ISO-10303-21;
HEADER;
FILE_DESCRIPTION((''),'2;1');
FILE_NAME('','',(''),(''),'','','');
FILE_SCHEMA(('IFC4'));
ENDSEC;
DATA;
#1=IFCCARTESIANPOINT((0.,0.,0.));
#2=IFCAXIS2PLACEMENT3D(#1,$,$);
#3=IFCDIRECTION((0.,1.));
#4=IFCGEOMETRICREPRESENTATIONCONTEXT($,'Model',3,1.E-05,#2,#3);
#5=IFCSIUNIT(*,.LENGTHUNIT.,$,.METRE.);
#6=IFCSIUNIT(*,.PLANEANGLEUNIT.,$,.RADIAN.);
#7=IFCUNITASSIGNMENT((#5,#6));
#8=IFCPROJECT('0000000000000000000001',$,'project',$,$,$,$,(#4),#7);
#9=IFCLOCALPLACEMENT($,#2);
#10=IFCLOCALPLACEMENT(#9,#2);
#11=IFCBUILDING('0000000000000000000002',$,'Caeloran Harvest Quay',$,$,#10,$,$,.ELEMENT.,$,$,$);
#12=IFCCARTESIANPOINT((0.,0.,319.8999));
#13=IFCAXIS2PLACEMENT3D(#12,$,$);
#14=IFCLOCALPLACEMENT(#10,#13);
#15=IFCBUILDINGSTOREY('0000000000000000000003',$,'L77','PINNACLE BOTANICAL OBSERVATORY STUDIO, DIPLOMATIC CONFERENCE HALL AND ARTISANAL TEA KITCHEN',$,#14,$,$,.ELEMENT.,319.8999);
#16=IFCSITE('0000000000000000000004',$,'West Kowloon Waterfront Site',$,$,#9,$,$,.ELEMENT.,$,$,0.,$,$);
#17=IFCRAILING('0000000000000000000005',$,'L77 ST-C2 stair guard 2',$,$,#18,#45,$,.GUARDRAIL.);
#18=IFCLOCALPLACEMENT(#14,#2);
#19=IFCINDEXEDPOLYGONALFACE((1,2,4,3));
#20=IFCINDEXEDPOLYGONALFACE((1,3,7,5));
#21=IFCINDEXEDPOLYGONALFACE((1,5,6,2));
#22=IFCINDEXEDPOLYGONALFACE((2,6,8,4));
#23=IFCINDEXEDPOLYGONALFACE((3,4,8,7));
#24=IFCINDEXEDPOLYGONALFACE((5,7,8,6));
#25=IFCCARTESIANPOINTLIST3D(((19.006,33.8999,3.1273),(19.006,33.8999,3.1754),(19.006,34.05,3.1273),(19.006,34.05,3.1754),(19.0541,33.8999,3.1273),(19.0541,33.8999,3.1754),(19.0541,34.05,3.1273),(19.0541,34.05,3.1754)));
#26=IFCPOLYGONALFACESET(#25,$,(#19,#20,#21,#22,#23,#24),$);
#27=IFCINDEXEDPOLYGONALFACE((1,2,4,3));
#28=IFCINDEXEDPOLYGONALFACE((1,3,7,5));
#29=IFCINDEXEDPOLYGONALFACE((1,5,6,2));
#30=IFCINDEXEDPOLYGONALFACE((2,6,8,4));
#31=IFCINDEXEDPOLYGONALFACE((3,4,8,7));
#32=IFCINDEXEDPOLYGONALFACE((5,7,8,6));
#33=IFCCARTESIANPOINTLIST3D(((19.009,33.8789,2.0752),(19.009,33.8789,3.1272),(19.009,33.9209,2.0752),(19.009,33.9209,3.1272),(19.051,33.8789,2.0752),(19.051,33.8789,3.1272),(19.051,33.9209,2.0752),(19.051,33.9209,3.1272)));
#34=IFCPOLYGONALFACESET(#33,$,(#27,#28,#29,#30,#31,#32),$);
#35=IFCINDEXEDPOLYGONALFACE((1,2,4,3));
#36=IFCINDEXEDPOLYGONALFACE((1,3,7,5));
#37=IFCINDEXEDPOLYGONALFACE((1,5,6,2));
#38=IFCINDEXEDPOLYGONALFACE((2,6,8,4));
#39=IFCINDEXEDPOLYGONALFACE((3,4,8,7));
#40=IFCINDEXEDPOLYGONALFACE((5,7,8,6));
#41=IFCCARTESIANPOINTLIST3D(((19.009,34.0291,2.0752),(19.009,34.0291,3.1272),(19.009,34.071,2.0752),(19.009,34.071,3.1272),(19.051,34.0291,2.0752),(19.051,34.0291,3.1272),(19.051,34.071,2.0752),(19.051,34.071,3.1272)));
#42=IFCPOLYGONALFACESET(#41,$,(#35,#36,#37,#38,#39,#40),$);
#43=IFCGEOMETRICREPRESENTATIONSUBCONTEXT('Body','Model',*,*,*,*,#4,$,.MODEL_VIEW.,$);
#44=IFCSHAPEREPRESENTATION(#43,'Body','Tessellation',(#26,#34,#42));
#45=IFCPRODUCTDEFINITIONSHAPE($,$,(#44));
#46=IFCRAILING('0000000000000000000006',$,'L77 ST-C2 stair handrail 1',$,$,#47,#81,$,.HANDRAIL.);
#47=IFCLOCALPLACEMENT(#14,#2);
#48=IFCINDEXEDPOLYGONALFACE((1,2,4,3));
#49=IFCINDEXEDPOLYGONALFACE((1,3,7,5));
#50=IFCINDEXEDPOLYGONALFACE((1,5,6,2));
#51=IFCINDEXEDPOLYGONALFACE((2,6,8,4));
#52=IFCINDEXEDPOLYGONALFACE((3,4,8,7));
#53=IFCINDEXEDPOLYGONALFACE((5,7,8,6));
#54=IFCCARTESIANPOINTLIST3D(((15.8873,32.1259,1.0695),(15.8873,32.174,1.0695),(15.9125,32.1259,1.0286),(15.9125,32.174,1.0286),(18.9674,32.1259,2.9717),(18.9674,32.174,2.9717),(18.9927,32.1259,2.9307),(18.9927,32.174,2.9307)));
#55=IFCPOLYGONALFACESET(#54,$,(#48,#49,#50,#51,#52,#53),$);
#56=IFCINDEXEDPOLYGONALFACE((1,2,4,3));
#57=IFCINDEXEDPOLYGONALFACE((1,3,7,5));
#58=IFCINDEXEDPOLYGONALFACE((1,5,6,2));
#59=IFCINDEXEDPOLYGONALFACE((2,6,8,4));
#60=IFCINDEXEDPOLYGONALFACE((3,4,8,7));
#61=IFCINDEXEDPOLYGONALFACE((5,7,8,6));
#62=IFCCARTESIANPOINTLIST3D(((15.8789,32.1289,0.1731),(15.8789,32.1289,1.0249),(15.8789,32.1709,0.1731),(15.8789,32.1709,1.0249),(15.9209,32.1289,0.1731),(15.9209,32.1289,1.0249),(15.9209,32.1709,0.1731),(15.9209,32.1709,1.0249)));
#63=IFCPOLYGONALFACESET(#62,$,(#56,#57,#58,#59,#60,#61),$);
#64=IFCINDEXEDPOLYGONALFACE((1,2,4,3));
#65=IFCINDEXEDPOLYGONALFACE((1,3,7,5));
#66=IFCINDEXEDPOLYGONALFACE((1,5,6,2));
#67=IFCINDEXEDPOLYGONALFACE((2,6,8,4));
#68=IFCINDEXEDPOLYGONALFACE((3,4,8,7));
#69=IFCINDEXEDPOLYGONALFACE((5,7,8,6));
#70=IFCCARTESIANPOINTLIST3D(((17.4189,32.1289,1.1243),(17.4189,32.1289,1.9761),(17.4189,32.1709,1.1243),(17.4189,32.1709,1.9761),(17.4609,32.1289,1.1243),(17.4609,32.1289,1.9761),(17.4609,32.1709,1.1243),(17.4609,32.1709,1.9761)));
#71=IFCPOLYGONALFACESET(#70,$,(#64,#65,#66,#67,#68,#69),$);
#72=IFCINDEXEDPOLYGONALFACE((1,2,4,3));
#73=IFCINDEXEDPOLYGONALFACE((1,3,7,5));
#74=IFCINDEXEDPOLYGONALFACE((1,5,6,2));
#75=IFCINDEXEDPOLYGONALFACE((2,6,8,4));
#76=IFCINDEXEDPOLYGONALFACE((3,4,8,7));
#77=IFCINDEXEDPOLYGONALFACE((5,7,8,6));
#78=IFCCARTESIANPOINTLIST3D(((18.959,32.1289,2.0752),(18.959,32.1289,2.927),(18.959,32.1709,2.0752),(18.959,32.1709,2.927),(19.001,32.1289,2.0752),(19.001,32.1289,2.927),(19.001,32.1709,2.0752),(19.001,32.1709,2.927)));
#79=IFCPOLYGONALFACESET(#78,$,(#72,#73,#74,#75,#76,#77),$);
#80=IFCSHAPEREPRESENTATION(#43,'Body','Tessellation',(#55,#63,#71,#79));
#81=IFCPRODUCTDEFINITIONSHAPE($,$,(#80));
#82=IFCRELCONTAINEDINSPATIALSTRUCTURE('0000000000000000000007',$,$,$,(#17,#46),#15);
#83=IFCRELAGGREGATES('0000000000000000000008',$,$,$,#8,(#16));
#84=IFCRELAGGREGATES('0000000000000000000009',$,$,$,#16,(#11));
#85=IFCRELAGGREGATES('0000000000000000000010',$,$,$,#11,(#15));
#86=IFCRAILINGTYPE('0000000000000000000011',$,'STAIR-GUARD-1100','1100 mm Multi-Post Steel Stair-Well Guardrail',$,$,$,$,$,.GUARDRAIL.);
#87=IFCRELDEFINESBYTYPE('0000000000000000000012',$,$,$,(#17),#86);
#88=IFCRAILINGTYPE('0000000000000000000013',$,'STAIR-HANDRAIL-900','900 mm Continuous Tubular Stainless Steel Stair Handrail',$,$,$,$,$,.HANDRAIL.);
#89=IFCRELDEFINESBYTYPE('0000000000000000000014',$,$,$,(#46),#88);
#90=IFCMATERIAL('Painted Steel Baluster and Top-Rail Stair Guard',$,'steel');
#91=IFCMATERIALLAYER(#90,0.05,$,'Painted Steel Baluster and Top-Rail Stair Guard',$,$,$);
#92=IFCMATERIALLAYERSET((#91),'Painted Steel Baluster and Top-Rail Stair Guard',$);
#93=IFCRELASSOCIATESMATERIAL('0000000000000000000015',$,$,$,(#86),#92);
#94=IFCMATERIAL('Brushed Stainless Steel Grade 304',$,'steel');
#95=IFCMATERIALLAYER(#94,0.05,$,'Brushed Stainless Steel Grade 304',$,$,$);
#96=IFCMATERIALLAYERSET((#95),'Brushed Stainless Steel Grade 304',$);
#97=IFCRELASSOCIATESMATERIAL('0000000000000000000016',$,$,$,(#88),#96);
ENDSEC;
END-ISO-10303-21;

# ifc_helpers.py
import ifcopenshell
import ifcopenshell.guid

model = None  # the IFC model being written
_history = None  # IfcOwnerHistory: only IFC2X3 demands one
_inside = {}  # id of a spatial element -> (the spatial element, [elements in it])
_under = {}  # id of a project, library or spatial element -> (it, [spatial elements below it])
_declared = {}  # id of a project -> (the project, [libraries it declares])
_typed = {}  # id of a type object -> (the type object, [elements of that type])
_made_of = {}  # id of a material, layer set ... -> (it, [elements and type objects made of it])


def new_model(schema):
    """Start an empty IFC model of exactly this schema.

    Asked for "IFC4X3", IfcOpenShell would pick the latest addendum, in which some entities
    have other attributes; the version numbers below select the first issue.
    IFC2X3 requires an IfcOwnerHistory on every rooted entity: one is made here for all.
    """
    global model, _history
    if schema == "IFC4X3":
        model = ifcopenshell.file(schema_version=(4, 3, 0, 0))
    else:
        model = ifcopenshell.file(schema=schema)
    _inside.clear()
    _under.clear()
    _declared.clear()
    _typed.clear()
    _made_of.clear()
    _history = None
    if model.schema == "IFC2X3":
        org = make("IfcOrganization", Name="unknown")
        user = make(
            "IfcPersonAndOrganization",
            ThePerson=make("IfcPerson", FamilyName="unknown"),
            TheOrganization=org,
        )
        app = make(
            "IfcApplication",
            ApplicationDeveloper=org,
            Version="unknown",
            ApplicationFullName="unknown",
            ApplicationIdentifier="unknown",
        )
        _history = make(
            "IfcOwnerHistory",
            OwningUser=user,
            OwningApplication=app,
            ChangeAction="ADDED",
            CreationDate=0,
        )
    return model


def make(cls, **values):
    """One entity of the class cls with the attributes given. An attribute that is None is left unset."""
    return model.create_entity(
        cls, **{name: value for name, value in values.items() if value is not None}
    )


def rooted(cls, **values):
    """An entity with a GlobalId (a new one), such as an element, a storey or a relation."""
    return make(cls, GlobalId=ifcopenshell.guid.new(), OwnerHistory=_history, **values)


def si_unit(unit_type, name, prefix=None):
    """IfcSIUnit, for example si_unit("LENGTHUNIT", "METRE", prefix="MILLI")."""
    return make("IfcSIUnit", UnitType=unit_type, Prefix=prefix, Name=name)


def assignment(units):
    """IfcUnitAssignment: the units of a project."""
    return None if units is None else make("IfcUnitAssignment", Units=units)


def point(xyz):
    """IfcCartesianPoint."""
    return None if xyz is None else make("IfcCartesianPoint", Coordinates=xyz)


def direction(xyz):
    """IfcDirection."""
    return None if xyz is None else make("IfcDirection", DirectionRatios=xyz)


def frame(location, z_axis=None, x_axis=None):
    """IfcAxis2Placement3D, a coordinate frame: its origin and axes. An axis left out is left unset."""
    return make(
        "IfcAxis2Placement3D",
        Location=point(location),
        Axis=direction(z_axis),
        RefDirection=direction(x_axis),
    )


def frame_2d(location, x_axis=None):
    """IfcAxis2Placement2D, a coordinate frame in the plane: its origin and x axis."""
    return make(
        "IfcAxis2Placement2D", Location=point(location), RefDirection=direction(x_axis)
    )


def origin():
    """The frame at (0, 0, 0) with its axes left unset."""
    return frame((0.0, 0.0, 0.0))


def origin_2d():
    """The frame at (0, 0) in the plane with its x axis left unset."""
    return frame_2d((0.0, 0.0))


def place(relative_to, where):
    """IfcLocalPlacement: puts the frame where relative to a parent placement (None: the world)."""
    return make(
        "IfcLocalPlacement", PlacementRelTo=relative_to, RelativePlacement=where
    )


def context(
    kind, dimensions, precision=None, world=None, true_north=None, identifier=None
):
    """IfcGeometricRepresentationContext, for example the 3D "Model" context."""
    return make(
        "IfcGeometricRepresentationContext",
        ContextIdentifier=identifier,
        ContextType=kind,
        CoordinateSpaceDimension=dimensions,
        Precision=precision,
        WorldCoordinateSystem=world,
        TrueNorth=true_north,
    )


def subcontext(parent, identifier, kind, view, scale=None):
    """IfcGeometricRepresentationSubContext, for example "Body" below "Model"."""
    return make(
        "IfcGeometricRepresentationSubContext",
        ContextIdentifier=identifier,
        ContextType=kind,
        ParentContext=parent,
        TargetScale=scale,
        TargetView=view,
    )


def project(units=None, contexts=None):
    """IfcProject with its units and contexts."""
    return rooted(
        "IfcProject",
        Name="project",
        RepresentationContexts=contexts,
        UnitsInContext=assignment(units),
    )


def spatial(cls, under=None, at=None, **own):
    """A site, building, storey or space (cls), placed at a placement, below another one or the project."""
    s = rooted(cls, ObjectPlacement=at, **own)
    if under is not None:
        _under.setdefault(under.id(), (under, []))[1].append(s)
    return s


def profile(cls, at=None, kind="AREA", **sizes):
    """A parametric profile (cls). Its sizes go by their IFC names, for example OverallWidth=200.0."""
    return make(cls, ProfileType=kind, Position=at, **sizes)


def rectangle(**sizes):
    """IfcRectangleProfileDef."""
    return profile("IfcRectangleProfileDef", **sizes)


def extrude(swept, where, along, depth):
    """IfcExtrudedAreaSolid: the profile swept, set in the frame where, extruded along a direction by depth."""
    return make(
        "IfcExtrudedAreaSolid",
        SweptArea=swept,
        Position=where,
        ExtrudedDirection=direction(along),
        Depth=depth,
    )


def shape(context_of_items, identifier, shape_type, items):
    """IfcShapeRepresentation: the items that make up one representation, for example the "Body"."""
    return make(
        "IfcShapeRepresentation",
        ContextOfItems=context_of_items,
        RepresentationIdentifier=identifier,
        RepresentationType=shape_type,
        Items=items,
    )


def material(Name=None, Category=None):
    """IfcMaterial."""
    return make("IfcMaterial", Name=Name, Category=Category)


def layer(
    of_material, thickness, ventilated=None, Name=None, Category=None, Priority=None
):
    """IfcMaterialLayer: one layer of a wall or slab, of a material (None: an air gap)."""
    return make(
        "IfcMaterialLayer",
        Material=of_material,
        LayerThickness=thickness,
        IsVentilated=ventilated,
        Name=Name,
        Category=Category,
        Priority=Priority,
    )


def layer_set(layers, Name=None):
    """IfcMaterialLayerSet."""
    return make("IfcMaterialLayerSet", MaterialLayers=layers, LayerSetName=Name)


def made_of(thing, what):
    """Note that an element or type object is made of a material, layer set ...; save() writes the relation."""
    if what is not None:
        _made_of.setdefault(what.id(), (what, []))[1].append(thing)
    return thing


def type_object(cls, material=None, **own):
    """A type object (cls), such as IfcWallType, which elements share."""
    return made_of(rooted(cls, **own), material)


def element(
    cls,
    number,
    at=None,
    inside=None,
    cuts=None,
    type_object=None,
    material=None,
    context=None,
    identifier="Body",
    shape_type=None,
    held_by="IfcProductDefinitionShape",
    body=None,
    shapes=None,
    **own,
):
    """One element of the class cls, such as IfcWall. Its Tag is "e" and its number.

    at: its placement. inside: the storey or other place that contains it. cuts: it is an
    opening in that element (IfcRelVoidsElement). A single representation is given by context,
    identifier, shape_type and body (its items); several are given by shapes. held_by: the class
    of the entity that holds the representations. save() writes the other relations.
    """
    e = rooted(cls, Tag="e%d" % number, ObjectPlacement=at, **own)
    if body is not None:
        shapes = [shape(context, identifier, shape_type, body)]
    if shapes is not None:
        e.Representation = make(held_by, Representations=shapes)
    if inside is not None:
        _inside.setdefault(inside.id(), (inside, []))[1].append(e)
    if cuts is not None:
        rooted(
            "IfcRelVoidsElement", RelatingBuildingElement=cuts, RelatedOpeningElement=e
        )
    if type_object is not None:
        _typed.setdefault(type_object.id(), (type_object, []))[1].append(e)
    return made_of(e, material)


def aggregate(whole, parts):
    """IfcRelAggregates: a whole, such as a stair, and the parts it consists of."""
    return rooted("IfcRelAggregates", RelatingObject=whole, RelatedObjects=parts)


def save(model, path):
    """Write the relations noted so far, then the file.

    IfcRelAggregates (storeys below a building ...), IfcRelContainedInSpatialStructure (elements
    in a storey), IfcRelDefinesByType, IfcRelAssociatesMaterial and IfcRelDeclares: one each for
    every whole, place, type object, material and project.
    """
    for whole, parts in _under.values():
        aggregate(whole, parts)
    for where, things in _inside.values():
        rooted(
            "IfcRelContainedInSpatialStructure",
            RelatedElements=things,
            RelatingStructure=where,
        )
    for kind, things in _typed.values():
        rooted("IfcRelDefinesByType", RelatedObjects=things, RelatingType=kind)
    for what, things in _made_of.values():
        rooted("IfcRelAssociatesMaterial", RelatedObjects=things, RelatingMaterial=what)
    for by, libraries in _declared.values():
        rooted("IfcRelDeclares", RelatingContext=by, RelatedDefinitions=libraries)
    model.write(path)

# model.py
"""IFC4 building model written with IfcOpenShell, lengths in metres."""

from ifc_helpers import new_model, si_unit, direction, frame, origin, origin_2d, place, context, subcontext, project, spatial, rectangle, extrude, material, layer, layer_set, type_object, element, save


model = new_model("IFC4")

# Units and contexts
model_context = context("Model", 3, precision=1e-05, world=origin(), true_north=direction((0.0, 1.0)))
body_context = subcontext(model_context, "Body", "Model", "MODEL_VIEW")
ifc_project = project(units=[si_unit("LENGTHUNIT", "METRE"), si_unit("PLANEANGLEUNIT", "RADIAN")], contexts=[model_context])

# Site, building, storey
site_placement = place(None, origin())
site = spatial("IfcSite", under=ifc_project, at=site_placement, Name="West Kowloon Waterfront Site", CompositionType="ELEMENT", RefElevation=0.0)
building_placement = place(site_placement, origin())
building = spatial("IfcBuilding", under=site, at=building_placement, Name="Caeloran Harvest Quay", CompositionType="ELEMENT")
storey_placement = place(building_placement, frame((0.0, 0.0, 319.8999)))
storey = spatial("IfcBuildingStorey", under=building, at=storey_placement, Name="L77", Description="PINNACLE BOTANICAL OBSERVATORY STUDIO, DIPLOMATIC CONFERENCE HALL AND ARTISANAL TEA KITCHEN", CompositionType="ELEMENT", Elevation=319.8999)

# Railings
ifc_material_1 = material(Name="Painted Steel Baluster and Top-Rail Stair Guard", Category="steel")
ifc_layer_1 = layer(ifc_material_1, 0.05, Name="Painted Steel Baluster and Top-Rail Stair Guard")
ifc_layer_set_1 = layer_set([ifc_layer_1], Name="Painted Steel Baluster and Top-Rail Stair Guard")
railing_type_1 = type_object("IfcRailingType", Name="STAIR-GUARD-1100", Description="1100 mm Multi-Post Steel Stair-Well Guardrail", PredefinedType="GUARDRAIL", material=ifc_layer_set_1)
railing_1_placement = place(storey_placement, frame((19.03, 33.8999, 2.0752)))
element("IfcRailing", 1, at=railing_1_placement, inside=storey, type_object=railing_type_1, Name="L77 ST-C2 stair guard 2", PredefinedType="GUARDRAIL", context=body_context, shape_type="SweptSolid", body=[
    extrude(rectangle(XDim=0.0481, YDim=0.0481, at=origin_2d()), frame((0.0, 0.0, 1.0762), z_axis=(0.0, 1.0, 0.0), x_axis=(-1.0, 0.0, 0.0)), (0.0, 0.0, 1.0), 0.1501),
    extrude(rectangle(XDim=0.042, YDim=0.042, at=origin_2d()), origin(), (0.0, 0.0, 1.0), 1.052),
    extrude(rectangle(XDim=0.042, YDim=0.042, at=origin_2d()), frame((0.0, 0.1501, 0.0)), (0.0, 0.0, 1.0), 1.052),
])
ifc_material_2 = material(Name="Brushed Stainless Steel Grade 304", Category="steel")
ifc_layer_2 = layer(ifc_material_2, 0.05, Name="Brushed Stainless Steel Grade 304")
ifc_layer_set_2 = layer_set([ifc_layer_2], Name="Brushed Stainless Steel Grade 304")
railing_type_2 = type_object("IfcRailingType", Name="STAIR-HANDRAIL-900", Description="900 mm Continuous Tubular Stainless Steel Stair Handrail", PredefinedType="HANDRAIL", material=ifc_layer_set_2)
railing_2_placement = place(storey_placement, frame((15.8999, 32.1499, 0.1731)))
element("IfcRailing", 2, at=railing_2_placement, inside=storey, type_object=railing_type_2, Name="L77 ST-C2 stair handrail 1", PredefinedType="HANDRAIL", context=body_context, shape_type="SweptSolid", body=[
    extrude(rectangle(XDim=0.0481, YDim=0.0481, at=origin_2d()), frame((0.0, 0.0, 0.876), z_axis=(0.850835, 0.0, 0.525433), x_axis=(0.0, 1.0, 0.0)), (0.0, 0.0, 1.0), 3.6201),
    extrude(rectangle(XDim=0.042, YDim=0.042, at=origin_2d()), origin(), (0.0, 0.0, 1.0), 0.8518),
    extrude(rectangle(XDim=0.042, YDim=0.042, at=origin_2d()), frame((1.54, 0.0, 0.9512)), (0.0, 0.0, 1.0), 0.8518),
    extrude(rectangle(XDim=0.042, YDim=0.042, at=origin_2d()), frame((3.0801, 0.0, 1.9021)), (0.0, 0.0, 1.0), 0.8518),
])

save(model, "model.ifc")
